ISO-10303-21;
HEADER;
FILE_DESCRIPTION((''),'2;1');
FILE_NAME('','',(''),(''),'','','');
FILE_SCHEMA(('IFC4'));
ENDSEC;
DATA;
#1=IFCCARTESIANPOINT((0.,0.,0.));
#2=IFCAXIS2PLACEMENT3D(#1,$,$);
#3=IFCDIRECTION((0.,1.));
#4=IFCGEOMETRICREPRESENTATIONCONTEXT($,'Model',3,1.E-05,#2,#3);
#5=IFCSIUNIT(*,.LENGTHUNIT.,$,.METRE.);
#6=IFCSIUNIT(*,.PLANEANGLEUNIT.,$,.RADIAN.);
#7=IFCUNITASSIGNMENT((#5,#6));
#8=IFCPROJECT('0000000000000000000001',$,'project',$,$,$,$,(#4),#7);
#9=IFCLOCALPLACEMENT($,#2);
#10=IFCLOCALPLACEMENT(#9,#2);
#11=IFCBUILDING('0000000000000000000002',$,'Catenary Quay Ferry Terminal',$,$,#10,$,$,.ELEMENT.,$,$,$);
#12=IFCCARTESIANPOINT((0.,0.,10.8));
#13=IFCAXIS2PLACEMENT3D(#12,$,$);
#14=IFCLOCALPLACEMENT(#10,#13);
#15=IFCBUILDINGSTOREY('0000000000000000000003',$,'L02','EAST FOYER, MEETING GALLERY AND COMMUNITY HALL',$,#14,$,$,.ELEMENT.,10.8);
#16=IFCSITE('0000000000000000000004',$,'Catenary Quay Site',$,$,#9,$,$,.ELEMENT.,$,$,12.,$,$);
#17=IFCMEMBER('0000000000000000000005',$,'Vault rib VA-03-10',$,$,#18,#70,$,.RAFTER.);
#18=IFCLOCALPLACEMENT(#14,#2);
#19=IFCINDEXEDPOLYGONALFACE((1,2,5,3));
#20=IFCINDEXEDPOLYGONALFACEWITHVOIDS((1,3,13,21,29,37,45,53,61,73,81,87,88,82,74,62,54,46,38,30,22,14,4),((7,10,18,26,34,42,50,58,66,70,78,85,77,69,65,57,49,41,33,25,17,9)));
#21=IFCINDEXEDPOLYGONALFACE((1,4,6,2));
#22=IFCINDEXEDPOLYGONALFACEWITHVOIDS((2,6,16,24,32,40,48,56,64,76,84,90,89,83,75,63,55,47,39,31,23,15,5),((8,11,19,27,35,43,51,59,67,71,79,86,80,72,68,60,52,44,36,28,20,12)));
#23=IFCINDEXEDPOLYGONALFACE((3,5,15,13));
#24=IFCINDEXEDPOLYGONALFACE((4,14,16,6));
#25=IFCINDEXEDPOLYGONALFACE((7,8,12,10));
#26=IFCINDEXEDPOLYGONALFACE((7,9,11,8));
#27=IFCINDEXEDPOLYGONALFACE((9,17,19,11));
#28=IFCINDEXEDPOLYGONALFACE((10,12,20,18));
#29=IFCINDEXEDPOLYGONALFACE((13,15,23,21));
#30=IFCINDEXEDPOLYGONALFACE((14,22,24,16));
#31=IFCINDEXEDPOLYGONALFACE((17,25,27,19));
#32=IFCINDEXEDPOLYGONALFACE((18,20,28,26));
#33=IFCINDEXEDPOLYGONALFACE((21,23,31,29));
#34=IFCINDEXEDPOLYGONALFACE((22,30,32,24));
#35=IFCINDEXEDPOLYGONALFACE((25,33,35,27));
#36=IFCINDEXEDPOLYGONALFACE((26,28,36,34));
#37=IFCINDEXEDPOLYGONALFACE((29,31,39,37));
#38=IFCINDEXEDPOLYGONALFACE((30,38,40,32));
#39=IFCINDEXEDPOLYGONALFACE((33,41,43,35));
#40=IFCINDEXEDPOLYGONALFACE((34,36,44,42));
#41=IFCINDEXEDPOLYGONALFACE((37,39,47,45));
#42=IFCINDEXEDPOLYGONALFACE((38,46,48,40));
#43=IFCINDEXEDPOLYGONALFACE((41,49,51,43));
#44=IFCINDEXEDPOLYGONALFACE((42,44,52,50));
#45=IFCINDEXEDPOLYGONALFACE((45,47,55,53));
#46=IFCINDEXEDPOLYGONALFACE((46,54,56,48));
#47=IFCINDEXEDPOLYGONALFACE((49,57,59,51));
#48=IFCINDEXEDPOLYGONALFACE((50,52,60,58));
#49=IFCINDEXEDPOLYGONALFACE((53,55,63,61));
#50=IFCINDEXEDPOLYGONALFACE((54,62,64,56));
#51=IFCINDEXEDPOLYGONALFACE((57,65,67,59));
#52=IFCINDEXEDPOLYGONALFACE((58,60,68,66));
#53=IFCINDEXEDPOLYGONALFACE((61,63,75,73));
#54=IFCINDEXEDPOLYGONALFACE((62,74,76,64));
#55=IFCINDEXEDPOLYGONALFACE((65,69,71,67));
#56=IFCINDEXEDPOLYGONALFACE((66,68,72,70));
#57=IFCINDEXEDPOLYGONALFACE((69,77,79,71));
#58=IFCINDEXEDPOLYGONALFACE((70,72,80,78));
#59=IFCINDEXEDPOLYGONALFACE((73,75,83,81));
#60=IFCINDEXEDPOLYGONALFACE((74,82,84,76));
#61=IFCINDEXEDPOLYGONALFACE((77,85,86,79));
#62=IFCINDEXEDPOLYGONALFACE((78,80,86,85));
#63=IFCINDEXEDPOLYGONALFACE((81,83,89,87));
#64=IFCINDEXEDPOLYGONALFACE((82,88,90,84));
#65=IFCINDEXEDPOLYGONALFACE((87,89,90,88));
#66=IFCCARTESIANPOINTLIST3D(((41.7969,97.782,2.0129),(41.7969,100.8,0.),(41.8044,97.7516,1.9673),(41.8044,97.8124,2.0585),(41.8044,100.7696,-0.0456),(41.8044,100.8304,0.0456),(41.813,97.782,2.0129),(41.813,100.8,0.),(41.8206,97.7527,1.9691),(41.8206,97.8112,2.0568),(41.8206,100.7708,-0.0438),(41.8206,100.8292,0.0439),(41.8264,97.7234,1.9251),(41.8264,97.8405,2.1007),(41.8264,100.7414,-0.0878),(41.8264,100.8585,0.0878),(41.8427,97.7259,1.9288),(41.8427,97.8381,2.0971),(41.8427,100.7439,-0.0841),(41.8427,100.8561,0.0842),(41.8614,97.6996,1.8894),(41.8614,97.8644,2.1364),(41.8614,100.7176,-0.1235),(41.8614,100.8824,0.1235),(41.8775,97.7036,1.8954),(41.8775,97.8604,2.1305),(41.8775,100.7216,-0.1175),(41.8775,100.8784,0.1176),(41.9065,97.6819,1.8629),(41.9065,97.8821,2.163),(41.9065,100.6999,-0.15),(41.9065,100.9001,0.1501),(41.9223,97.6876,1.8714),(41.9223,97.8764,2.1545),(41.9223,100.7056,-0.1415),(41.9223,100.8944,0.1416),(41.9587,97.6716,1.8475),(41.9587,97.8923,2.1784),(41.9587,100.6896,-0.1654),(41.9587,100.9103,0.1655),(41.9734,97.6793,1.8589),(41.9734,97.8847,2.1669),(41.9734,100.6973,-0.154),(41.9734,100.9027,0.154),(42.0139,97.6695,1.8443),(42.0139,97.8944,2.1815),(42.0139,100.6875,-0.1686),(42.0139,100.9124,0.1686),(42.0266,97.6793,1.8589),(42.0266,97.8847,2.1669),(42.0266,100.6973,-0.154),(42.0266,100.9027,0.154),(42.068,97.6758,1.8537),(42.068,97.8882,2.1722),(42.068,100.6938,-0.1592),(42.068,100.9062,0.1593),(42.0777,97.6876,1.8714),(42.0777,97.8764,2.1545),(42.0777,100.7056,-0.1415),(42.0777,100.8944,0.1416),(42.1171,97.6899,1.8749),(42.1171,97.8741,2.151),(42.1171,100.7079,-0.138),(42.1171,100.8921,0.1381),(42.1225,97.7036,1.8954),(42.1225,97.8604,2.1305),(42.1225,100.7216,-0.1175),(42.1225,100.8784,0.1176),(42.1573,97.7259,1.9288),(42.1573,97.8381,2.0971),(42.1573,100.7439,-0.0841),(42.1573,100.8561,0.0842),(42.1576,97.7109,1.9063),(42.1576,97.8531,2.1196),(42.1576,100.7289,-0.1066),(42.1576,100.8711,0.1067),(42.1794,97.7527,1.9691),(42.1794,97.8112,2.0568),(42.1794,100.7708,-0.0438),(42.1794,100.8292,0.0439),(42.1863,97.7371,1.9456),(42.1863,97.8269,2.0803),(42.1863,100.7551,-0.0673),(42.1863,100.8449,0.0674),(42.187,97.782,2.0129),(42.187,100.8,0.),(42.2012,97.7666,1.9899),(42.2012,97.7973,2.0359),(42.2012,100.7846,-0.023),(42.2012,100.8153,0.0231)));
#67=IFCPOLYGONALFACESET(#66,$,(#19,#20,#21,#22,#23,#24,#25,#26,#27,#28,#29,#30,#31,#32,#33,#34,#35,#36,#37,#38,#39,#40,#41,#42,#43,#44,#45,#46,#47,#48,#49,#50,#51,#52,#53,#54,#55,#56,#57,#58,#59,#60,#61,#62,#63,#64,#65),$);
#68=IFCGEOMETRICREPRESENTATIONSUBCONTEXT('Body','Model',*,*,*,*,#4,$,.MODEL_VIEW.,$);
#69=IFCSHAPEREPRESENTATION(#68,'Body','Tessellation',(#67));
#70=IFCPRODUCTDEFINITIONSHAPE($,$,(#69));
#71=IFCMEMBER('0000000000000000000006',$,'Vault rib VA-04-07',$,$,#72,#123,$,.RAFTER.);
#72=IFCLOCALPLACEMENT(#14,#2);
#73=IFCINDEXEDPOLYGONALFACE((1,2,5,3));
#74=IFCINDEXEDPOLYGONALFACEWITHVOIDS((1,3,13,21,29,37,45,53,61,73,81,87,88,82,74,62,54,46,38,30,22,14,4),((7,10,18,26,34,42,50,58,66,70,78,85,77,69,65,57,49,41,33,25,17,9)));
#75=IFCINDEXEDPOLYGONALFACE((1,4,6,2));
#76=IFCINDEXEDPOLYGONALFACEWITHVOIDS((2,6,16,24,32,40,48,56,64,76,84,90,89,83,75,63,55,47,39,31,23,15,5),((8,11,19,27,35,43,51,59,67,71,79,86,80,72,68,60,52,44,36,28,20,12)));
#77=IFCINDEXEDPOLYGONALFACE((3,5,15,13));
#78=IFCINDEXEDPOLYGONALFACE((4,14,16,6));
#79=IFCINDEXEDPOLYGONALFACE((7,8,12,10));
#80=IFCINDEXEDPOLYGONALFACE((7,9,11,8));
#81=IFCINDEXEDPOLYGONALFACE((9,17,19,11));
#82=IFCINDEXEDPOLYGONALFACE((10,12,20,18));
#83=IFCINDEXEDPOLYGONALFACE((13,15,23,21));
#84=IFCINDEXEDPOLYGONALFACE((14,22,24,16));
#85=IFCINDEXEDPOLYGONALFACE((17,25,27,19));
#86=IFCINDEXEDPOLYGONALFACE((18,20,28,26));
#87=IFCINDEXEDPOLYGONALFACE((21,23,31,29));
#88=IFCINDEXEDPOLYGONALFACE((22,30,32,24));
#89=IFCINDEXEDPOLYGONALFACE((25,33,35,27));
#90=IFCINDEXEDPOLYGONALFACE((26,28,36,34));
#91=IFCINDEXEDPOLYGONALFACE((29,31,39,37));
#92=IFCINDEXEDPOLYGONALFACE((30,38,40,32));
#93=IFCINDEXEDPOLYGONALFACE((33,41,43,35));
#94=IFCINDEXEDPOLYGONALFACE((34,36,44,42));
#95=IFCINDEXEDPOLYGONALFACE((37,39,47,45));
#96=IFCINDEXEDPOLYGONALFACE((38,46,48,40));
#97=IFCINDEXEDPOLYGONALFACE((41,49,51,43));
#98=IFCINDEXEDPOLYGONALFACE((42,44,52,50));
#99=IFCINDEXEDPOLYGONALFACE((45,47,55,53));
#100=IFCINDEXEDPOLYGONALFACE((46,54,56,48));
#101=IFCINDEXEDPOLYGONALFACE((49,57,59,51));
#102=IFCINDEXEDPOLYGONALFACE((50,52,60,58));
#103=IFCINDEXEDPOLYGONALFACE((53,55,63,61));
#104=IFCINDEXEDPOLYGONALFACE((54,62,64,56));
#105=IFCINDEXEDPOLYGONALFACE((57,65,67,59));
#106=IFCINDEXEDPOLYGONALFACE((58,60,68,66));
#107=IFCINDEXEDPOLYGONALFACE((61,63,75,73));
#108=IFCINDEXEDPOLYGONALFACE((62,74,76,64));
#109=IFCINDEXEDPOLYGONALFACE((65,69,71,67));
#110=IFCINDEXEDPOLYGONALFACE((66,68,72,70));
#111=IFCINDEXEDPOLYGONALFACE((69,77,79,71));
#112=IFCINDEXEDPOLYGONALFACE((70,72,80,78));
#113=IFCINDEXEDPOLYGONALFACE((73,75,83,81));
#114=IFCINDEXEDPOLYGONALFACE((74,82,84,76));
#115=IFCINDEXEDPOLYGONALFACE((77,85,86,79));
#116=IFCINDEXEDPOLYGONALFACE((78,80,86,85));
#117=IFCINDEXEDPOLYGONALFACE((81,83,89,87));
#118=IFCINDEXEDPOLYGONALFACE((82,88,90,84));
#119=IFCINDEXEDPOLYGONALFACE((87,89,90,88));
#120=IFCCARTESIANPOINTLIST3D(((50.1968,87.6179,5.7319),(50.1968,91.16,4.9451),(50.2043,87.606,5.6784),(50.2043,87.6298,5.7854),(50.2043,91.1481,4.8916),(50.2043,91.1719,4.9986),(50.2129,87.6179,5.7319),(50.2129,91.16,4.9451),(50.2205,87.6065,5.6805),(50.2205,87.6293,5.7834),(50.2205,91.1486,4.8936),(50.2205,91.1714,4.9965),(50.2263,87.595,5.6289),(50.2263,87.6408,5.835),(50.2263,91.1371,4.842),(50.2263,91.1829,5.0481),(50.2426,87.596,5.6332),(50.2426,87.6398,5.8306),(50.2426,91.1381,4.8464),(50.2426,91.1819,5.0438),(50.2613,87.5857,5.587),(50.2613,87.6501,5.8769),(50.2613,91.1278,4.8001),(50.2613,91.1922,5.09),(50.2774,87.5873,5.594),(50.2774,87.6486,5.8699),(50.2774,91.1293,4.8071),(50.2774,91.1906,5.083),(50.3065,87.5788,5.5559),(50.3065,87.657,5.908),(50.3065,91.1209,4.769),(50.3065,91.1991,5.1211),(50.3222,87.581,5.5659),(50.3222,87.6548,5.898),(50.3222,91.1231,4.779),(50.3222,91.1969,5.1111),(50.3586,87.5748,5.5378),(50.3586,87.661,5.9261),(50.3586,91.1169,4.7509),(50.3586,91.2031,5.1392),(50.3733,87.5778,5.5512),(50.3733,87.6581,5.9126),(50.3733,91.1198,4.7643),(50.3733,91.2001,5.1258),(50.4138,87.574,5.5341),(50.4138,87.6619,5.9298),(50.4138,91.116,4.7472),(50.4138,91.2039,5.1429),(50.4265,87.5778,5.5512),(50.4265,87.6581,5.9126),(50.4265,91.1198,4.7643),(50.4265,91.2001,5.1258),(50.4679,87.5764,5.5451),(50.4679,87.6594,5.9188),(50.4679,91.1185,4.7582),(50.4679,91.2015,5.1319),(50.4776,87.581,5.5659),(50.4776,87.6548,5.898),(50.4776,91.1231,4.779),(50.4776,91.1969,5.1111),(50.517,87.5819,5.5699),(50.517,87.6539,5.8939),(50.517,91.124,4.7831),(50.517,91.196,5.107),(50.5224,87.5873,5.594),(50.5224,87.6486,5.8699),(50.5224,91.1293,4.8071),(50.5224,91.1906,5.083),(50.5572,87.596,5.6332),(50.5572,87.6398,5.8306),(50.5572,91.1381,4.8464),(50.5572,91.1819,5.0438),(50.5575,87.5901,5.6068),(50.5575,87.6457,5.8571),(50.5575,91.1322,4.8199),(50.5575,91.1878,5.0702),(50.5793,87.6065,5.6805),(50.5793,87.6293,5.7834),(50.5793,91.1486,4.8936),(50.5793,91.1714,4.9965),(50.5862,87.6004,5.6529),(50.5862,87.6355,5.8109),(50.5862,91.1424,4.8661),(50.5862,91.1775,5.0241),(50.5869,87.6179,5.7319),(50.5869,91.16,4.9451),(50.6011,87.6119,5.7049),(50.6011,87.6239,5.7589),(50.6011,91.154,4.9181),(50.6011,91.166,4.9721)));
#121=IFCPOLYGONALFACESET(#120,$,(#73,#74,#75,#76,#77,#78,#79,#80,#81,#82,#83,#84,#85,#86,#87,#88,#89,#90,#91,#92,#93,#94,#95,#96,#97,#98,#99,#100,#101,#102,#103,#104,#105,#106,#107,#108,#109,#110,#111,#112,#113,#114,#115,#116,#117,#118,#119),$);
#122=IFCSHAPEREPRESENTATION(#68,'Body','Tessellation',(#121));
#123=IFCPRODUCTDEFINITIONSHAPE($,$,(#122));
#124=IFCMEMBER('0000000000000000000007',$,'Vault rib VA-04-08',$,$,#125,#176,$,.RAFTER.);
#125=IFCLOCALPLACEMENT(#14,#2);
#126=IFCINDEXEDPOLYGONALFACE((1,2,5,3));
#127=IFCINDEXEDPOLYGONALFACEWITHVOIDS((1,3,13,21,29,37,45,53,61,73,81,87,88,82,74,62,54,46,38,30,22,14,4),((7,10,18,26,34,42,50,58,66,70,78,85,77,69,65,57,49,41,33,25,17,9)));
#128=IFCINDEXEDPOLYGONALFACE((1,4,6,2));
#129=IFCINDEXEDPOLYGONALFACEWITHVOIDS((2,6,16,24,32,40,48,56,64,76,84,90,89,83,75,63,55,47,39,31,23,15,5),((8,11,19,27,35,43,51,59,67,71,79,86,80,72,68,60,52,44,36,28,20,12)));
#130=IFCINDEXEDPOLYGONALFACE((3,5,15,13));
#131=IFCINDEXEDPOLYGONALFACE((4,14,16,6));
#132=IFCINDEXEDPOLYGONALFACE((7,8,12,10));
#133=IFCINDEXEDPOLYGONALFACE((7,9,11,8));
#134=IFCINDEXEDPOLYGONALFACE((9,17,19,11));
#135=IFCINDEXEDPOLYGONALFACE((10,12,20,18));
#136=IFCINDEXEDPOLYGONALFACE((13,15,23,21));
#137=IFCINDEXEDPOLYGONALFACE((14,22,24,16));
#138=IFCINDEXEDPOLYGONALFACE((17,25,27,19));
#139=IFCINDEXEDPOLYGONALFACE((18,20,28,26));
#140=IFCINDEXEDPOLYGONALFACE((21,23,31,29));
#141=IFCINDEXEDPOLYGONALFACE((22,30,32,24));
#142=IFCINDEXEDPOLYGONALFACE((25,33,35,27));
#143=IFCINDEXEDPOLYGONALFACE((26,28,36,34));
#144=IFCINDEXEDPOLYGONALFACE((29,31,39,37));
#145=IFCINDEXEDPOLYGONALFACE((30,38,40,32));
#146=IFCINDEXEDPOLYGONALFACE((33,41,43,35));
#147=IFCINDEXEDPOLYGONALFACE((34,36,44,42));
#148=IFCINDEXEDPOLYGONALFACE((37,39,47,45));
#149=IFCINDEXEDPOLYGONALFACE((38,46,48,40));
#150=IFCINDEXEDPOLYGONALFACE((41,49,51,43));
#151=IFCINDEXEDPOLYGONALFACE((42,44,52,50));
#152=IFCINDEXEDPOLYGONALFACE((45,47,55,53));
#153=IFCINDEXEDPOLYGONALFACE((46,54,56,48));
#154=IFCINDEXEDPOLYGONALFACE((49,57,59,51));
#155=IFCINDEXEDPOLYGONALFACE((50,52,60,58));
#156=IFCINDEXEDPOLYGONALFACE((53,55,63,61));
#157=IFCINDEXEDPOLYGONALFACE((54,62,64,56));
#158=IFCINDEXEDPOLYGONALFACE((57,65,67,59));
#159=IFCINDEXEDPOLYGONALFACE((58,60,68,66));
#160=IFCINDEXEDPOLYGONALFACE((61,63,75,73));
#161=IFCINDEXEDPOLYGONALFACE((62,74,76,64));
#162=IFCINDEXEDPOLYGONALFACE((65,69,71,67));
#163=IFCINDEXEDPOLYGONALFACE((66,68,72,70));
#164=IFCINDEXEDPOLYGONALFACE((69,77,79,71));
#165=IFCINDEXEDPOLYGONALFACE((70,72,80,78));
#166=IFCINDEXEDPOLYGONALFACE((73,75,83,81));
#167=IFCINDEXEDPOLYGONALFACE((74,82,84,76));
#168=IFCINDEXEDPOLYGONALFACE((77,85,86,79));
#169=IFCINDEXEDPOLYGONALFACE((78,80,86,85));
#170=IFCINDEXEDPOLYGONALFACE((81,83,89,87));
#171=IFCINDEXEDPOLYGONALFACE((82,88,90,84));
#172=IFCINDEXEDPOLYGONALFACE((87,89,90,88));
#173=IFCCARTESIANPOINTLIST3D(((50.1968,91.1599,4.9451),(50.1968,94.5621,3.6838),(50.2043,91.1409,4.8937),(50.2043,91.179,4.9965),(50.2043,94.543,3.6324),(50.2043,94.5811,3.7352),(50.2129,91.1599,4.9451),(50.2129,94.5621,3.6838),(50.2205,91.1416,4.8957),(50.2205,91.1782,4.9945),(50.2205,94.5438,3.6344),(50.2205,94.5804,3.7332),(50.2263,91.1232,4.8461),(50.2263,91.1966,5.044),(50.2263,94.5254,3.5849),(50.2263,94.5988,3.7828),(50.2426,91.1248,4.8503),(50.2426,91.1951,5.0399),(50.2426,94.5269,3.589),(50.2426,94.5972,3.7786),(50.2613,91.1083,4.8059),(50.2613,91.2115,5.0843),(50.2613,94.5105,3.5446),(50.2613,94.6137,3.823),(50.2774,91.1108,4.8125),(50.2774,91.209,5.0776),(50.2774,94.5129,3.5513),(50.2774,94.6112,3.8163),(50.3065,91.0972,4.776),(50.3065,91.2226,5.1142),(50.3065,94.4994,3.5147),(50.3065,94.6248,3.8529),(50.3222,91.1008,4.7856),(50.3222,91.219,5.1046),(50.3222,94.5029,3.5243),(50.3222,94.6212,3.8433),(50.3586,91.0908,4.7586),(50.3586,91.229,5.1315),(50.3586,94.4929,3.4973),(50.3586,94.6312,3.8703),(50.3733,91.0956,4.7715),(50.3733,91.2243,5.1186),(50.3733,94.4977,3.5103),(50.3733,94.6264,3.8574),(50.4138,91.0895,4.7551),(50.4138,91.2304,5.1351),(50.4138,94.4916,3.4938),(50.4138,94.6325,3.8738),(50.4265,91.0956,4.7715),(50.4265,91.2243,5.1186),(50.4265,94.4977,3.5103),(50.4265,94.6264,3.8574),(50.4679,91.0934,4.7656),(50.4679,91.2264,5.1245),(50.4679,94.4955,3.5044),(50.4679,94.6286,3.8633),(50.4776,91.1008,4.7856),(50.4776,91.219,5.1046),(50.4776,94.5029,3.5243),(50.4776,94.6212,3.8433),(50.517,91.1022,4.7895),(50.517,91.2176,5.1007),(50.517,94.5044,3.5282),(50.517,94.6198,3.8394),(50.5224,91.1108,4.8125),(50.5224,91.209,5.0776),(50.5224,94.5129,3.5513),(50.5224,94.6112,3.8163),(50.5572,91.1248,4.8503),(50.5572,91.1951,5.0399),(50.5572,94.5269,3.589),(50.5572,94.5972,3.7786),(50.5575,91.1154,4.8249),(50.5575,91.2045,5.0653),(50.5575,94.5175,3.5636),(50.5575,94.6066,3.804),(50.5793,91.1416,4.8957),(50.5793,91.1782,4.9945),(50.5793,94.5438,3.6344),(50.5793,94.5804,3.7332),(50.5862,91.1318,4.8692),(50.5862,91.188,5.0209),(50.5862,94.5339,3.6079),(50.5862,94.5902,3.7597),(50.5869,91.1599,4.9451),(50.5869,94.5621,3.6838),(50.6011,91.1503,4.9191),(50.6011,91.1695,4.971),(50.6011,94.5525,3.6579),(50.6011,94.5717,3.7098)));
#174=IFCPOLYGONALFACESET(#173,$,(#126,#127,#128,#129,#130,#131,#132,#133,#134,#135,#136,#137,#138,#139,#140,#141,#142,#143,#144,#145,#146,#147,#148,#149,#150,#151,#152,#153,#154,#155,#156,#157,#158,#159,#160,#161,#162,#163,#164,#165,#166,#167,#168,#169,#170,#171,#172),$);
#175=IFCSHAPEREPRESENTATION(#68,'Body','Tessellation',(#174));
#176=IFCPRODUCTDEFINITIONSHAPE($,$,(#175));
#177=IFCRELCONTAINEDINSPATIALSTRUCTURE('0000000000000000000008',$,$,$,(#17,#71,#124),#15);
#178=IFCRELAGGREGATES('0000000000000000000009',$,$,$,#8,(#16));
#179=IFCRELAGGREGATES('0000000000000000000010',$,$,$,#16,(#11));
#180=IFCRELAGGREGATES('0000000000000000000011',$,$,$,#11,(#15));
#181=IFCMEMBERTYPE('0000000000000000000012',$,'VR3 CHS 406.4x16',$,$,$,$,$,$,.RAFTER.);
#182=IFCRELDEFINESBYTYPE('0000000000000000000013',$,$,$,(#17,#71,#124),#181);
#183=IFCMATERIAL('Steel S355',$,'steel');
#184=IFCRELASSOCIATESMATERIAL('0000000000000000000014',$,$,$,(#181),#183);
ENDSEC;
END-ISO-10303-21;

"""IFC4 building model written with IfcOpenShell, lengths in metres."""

from ifc_helpers import new_model, si_unit, direction, frame, origin, origin_2d, place, context, subcontext, project, spatial, hollow_circle, extrude, material, material_profile, profile_set, type_object, element, save


model = new_model("IFC4")

# Units and contexts
model_context = context("Model", 3, precision=1e-05, world=origin(), true_north=direction((0.0, 1.0)))
body_context = subcontext(model_context, "Body", "Model", "MODEL_VIEW")
ifc_project = project(units=[si_unit("LENGTHUNIT", "METRE"), si_unit("PLANEANGLEUNIT", "RADIAN")], contexts=[model_context])

# Site, building, storey
site_placement = place(None, origin())
site = spatial("IfcSite", under=ifc_project, at=site_placement, Name="Catenary Quay Site", CompositionType="ELEMENT", RefElevation=12.0)
building_placement = place(site_placement, origin())
building = spatial("IfcBuilding", under=site, at=building_placement, Name="Catenary Quay Ferry Terminal", CompositionType="ELEMENT")
storey_placement = place(building_placement, frame((0.0, 0.0, 10.8)))
storey = spatial("IfcBuildingStorey", under=building, at=storey_placement, Name="L02", Description="EAST FOYER, MEETING GALLERY AND COMMUNITY HALL", CompositionType="ELEMENT", Elevation=10.8)

# Members
ifc_material_1 = material(Name="Steel S355", Category="steel")
ifc_material_profile_1 = material_profile(ifc_material_1, hollow_circle(Radius=0.2031, WallThickness=0.0161, at=origin_2d()), Name="CHS 406.4x16")
ifc_profile_set_1 = profile_set([ifc_material_profile_1], Name="Steel S355")
member_type_1 = type_object("IfcMemberType", Name="VR3 CHS 406.4x16", PredefinedType="RAFTER", material=ifc_profile_set_1)
for number, where, z_axis, x_axis, name in (
    (1, (42.0, 97.782, 2.0129), (0.0, 0.831936, -0.554871), (-1.0, 0.0, 0.0), "Vault rib VA-03-10"),
):
    element("IfcMember", number, at=place(storey_placement, frame(where, z_axis=z_axis, x_axis=x_axis)), inside=storey, type_object=member_type_1, Name=name, PredefinedType="RAFTER", context=body_context, shape_type="SweptSolid", body=[
        extrude(hollow_circle(Radius=0.2031, WallThickness=0.0161, at=origin_2d()), origin(), (0.0, 0.0, 1.0), 3.6277),
    ])
for number, where, z_axis, x_axis, name in (
    (2, (50.3999, 87.6179, 5.7319), (0.0, 0.976201, -0.216866), (-1.0, 0.0, 0.0), "Vault rib VA-04-07"),
    (3, (50.3999, 91.1599, 4.9451), (0.0, 0.937642, -0.347604), (-1.0, 0.0, 0.0), "Vault rib VA-04-08"),
):
    element("IfcMember", number, at=place(storey_placement, frame(where, z_axis=z_axis, x_axis=x_axis)), inside=storey, type_object=member_type_1, Name=name, PredefinedType="RAFTER", context=body_context, shape_type="SweptSolid", body=[
        extrude(hollow_circle(Radius=0.2031, WallThickness=0.0161, at=origin_2d()), origin(), (0.0, 0.0, 1.0), 3.6284),
    ])

save(model, "model.ifc")
